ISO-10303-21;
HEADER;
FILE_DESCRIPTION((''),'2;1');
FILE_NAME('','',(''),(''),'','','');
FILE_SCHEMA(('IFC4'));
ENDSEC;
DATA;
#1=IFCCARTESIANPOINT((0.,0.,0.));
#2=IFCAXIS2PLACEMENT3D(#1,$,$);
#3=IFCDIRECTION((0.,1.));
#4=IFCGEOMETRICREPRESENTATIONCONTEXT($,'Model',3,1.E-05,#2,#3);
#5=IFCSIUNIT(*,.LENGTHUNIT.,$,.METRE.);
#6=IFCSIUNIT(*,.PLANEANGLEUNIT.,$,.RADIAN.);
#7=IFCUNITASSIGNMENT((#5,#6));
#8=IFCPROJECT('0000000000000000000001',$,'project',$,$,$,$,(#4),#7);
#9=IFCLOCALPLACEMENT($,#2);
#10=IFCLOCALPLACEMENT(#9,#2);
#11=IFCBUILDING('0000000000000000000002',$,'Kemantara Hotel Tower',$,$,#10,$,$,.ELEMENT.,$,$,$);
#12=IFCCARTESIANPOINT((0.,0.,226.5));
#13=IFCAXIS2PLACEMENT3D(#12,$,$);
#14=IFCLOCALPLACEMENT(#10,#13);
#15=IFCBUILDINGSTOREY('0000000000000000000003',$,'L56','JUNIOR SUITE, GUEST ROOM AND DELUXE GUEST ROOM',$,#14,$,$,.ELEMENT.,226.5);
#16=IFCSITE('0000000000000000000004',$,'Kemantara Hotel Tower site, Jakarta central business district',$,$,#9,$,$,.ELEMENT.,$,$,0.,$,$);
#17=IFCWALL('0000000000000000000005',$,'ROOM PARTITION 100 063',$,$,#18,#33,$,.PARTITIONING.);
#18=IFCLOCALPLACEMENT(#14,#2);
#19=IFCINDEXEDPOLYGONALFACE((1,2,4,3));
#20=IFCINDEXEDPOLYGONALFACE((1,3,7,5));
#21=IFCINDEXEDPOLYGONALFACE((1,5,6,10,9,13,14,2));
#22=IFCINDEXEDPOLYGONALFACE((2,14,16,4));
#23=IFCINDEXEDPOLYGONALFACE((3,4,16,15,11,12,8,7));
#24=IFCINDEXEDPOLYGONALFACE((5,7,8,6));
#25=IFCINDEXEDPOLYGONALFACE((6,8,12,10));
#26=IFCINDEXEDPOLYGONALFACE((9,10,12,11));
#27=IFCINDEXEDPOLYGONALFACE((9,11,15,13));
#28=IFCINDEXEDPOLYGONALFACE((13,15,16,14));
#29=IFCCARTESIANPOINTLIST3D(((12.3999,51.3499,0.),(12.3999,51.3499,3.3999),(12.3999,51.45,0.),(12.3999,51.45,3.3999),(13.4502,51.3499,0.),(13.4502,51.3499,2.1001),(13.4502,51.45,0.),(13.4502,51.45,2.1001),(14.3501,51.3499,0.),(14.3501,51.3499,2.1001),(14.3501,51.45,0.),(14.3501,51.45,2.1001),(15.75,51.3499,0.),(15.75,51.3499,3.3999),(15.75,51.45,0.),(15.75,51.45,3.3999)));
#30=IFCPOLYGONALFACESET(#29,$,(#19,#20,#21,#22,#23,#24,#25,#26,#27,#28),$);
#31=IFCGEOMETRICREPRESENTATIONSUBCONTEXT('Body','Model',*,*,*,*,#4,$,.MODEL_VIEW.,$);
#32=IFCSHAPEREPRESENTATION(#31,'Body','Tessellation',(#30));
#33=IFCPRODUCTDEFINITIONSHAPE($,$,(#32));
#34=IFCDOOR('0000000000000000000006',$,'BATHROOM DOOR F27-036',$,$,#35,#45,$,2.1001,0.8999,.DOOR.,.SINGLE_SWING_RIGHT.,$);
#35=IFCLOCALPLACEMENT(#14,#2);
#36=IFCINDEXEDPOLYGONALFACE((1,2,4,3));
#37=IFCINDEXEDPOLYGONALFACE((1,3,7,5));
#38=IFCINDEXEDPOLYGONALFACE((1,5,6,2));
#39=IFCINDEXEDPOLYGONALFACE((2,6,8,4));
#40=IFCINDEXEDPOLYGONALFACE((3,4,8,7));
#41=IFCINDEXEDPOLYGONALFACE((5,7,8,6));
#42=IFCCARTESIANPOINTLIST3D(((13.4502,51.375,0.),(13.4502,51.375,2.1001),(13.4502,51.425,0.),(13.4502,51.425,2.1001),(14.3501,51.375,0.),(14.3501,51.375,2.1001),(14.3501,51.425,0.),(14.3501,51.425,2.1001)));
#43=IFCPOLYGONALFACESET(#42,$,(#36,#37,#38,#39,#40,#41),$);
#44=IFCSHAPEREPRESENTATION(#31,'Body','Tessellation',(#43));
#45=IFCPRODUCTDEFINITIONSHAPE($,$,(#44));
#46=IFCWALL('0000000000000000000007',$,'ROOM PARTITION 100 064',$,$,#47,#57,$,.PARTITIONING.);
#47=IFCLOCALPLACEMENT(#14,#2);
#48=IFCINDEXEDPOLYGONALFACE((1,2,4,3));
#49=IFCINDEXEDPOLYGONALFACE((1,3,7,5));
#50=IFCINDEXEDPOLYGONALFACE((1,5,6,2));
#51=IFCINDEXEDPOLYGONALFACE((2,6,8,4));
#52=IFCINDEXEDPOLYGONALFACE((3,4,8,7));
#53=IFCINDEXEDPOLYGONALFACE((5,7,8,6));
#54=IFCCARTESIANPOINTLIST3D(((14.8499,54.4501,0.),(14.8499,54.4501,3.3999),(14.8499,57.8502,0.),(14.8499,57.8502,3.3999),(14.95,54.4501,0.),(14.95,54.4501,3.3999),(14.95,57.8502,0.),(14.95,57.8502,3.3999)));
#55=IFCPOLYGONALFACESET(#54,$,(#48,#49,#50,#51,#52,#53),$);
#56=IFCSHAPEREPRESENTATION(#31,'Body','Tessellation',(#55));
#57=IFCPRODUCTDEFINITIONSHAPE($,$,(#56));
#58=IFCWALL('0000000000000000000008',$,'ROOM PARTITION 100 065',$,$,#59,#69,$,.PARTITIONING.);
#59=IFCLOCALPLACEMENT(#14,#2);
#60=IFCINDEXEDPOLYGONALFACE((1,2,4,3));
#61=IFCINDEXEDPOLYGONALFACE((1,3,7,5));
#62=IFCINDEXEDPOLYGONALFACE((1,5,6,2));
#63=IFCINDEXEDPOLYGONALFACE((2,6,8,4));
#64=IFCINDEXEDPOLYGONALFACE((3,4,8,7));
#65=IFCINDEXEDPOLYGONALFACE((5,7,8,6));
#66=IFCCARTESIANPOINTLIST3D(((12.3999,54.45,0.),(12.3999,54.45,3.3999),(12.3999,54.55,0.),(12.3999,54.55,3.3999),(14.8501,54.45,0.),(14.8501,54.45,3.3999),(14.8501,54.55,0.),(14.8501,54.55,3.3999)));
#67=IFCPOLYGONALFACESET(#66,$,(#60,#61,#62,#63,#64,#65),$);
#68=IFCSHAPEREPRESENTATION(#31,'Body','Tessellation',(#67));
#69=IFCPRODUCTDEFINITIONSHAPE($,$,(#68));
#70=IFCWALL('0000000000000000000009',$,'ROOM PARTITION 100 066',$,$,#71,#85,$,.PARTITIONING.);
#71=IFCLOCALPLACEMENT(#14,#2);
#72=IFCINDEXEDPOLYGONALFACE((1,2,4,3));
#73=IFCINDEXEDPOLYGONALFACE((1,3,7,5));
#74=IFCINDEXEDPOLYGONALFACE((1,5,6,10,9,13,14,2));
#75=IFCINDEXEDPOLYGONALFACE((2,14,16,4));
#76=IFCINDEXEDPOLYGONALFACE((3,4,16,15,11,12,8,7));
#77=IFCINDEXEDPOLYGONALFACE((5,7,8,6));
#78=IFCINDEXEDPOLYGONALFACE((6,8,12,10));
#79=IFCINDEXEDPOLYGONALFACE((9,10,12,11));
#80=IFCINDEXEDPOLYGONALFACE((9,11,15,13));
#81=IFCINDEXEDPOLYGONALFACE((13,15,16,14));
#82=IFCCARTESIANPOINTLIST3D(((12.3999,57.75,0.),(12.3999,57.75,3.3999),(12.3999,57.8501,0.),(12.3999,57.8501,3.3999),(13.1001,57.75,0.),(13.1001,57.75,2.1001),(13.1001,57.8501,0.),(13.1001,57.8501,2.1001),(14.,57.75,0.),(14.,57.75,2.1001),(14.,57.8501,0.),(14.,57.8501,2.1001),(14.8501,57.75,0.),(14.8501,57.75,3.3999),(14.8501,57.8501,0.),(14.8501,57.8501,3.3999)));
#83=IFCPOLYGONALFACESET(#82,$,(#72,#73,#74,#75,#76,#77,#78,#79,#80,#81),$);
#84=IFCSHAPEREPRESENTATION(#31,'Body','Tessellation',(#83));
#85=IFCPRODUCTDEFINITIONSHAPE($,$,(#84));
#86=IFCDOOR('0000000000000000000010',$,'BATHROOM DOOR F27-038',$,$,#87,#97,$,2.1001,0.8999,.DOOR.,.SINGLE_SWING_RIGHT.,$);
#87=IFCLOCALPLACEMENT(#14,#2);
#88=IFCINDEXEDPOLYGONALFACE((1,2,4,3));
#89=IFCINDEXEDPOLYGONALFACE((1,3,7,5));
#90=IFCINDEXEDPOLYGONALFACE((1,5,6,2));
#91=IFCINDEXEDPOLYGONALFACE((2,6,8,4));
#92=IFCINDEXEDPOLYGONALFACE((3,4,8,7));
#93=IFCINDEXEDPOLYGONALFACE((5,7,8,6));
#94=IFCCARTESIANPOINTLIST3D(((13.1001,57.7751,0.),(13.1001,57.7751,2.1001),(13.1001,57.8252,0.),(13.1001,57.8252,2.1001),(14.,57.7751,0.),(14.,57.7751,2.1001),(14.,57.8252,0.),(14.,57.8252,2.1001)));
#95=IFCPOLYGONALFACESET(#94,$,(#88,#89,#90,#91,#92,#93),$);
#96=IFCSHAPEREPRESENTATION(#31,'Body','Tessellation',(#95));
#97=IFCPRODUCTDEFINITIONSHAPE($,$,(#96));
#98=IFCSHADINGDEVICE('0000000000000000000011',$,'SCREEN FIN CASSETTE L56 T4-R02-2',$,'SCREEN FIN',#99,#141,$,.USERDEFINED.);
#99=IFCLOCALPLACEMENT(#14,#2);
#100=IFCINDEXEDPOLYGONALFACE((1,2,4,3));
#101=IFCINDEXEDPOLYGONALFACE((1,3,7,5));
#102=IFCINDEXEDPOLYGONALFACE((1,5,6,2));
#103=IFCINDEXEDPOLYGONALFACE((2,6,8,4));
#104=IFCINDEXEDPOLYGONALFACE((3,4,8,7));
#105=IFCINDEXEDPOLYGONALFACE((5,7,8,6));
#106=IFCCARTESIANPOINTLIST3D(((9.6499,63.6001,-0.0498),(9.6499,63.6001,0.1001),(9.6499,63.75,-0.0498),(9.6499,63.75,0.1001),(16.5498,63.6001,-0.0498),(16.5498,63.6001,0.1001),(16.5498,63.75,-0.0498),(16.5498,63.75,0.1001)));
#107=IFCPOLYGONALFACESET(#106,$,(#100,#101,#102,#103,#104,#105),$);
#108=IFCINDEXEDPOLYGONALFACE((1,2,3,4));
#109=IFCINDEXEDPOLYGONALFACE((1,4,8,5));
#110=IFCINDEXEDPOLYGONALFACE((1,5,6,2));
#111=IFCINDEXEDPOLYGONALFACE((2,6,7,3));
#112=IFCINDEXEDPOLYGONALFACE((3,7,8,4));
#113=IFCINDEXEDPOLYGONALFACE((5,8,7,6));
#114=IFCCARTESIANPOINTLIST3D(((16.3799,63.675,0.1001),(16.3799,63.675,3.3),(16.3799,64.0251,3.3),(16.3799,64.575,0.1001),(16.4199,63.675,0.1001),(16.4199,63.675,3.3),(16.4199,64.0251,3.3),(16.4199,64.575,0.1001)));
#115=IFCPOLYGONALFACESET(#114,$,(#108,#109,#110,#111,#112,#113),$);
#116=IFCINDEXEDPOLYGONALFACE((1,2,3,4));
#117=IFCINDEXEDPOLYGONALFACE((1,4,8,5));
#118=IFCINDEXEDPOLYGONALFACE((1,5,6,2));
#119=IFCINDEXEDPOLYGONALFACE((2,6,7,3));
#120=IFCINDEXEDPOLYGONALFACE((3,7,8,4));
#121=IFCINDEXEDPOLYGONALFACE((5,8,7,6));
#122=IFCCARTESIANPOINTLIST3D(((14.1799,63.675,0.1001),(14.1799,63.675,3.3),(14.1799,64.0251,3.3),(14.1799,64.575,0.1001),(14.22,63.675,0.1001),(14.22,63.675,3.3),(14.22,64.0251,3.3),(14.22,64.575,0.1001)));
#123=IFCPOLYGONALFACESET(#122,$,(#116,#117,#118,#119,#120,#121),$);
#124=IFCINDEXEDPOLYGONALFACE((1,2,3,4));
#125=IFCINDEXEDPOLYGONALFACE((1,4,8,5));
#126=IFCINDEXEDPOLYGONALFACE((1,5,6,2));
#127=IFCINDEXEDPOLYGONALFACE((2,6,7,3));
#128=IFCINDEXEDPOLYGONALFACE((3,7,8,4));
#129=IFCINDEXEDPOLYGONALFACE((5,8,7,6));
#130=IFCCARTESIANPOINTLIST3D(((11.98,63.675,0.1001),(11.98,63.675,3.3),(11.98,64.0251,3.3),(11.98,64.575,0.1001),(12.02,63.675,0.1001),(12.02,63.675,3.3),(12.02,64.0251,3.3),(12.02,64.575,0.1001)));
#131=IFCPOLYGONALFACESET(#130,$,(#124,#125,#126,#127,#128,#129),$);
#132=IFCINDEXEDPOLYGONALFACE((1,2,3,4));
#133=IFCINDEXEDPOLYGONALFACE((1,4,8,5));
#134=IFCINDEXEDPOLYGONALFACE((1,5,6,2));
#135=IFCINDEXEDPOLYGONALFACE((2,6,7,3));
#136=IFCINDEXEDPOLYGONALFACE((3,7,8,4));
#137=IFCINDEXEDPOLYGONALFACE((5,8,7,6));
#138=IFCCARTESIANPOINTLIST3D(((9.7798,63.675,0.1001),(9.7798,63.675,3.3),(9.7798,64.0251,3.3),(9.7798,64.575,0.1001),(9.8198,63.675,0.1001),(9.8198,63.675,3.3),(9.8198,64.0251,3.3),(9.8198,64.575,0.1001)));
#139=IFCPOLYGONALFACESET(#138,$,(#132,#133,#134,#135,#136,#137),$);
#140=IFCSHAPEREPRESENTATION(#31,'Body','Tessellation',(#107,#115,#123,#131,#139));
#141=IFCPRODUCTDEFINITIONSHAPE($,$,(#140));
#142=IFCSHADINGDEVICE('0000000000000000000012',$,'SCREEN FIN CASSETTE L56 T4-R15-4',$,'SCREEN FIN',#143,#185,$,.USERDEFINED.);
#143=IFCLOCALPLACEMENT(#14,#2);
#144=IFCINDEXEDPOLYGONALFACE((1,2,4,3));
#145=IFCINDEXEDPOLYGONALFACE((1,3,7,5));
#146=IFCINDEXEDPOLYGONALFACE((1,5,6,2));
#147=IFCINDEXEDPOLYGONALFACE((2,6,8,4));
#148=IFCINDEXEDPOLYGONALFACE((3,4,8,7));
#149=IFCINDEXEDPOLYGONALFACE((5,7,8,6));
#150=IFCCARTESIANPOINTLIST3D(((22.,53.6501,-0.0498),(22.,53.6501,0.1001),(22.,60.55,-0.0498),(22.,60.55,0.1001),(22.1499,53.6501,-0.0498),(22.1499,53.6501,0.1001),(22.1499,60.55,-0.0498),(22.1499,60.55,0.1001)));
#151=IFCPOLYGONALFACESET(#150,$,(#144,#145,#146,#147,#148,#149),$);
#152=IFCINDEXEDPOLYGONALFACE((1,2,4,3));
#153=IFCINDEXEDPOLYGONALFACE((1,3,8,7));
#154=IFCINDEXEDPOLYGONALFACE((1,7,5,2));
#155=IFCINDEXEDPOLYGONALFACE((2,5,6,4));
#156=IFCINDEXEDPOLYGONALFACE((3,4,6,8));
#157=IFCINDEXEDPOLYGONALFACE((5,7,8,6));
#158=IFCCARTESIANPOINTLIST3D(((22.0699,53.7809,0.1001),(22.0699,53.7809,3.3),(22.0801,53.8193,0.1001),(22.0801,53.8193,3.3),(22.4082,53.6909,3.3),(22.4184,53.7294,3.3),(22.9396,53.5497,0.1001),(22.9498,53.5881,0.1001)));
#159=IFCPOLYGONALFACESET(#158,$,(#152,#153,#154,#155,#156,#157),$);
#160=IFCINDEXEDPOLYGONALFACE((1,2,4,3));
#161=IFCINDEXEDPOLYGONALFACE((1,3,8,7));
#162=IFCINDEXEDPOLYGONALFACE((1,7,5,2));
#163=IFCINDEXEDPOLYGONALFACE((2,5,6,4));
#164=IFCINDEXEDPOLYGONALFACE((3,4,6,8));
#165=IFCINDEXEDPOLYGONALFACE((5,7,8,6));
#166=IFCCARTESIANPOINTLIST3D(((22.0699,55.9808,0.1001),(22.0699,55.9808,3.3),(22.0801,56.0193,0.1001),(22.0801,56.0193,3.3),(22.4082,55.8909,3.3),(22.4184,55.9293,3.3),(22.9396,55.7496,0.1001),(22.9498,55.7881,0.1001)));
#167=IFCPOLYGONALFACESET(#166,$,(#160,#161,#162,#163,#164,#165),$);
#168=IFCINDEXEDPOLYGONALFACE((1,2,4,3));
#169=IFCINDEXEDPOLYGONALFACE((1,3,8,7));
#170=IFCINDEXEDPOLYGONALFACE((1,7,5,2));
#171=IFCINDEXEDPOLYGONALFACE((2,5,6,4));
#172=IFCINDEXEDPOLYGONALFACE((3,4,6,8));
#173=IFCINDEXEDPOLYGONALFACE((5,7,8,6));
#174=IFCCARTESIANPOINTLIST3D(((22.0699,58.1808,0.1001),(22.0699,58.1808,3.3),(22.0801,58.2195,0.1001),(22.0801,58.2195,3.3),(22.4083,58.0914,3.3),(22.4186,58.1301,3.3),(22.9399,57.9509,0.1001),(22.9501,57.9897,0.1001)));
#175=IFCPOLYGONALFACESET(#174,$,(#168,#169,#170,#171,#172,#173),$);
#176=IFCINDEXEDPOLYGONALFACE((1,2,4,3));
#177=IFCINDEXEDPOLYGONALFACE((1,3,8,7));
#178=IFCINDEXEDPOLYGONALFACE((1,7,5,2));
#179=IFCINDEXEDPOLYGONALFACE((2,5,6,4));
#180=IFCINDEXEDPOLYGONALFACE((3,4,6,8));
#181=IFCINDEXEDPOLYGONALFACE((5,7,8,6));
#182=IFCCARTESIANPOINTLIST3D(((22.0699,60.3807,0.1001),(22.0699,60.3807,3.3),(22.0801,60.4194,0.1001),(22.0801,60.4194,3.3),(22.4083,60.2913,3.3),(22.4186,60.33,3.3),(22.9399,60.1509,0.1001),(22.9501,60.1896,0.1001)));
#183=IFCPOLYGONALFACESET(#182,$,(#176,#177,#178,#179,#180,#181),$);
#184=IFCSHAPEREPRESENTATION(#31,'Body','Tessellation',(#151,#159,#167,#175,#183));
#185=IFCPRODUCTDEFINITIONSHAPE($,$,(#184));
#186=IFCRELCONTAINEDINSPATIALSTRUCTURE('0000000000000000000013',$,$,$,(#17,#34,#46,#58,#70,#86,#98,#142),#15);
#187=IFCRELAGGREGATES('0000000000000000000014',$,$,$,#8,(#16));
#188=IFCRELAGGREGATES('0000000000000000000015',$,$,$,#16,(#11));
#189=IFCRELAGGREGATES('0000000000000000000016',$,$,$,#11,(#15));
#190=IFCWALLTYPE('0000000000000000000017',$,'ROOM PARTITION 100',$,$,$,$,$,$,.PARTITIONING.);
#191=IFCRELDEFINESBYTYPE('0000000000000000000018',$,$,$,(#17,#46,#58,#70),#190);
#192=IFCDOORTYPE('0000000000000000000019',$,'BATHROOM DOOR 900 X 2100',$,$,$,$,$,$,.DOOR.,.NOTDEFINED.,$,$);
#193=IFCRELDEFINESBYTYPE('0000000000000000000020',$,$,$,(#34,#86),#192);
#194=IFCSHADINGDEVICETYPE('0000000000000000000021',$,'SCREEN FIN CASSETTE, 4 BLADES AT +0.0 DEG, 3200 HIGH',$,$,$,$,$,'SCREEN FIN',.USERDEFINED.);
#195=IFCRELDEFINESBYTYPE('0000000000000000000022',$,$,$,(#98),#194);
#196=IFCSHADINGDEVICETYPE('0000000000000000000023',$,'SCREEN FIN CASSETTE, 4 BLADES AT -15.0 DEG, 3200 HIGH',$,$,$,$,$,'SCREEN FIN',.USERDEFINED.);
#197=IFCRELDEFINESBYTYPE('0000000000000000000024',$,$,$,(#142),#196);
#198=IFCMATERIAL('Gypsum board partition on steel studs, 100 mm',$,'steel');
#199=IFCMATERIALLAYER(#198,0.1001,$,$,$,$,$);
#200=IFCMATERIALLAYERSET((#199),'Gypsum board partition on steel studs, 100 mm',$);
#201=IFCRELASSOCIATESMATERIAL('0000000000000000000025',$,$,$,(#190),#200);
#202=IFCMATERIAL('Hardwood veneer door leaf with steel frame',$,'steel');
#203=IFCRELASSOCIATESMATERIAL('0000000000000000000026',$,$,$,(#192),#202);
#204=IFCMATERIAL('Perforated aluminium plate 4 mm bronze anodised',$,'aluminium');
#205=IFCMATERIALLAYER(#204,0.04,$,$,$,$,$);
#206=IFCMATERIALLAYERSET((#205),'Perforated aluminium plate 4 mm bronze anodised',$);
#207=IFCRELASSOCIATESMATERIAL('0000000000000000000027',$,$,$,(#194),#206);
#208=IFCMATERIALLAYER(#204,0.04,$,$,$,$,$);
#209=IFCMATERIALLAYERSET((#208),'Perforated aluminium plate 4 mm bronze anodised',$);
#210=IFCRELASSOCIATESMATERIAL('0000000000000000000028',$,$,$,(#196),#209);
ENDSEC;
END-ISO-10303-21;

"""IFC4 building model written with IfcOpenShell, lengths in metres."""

from ifc_helpers import new_model, si_unit, direction, frame, frame_2d, origin, origin_2d, place, context, subcontext, project, spatial, polyline, rectangle, outline, extrude, source, transform, mapped, material, layer, layer_set, type_object, element, fill, save


model = new_model("IFC4")

# Units and contexts
model_context = context("Model", 3, precision=1e-05, world=origin(), true_north=direction((0.0, 1.0)))
body_context = subcontext(model_context, "Body", "Model", "MODEL_VIEW")
ifc_project = project(units=[si_unit("LENGTHUNIT", "METRE"), si_unit("PLANEANGLEUNIT", "RADIAN")], contexts=[model_context])

# Site, building, storey
site_placement = place(None, origin())
site = spatial("IfcSite", under=ifc_project, at=site_placement, Name="Kemantara Hotel Tower site, Jakarta central business district", CompositionType="ELEMENT", RefElevation=0.0)
building_placement = place(site_placement, origin())
building = spatial("IfcBuilding", under=site, at=building_placement, Name="Kemantara Hotel Tower", CompositionType="ELEMENT")
storey_placement = place(building_placement, frame((0.0, 0.0, 226.5)))
storey = spatial("IfcBuildingStorey", under=building, at=storey_placement, Name="L56", Description="JUNIOR SUITE, GUEST ROOM AND DELUXE GUEST ROOM", CompositionType="ELEMENT", Elevation=226.5)

# Shared definitions
ifc_material_1 = material(Name="Gypsum board partition on steel studs, 100 mm", Category="steel")
ifc_layer_1 = layer(ifc_material_1, 0.1001)
ifc_layer_set_1 = layer_set([ifc_layer_1], Name="Gypsum board partition on steel studs, 100 mm")
wall_type_1 = type_object("IfcWallType", Name="ROOM PARTITION 100", PredefinedType="PARTITIONING", material=ifc_layer_set_1)

# Wall, opening, door
wall_1_placement = place(storey_placement, frame((15.75, 51.3999, 0.0), z_axis=(0.0, 0.0, 1.0), x_axis=(-1.0, 0.0, 0.0)))
wall_1 = element("IfcWall", 1, at=wall_1_placement, inside=storey, type_object=wall_type_1, Name="ROOM PARTITION 100 063", PredefinedType="PARTITIONING", context=body_context, shape_type="SweptSolid", body=[
    extrude(rectangle(XDim=3.3501, YDim=0.1001, at=frame_2d((1.675, 0.0))), origin(), (0.0, 0.0, 1.0), 3.3999),
])
opening_1_placement = place(wall_1_placement, frame((1.3999, 0.0, 0.0)))
opening_1 = element("IfcOpeningElement", 2, at=opening_1_placement, cuts=wall_1, PredefinedType="OPENING", context=body_context, shape_type="SweptSolid", body=[
    extrude(rectangle(XDim=0.8999, YDim=2.1001, at=frame_2d((0.45, 1.05))), frame((0.0, 0.0601, 0.0), z_axis=(0.0, -1.0, 0.0), x_axis=(1.0, 0.0, 0.0)), (0.0, 0.0, 1.0), 0.1201),
])
ifc_material_2 = material(Name="Hardwood veneer door leaf with steel frame", Category="steel")
door_type = type_object("IfcDoorType", Name="BATHROOM DOOR 900 X 2100", OperationType="NOTDEFINED", PredefinedType="DOOR", material=ifc_material_2)
door_1_placement = place(opening_1_placement, origin())
door_1 = element("IfcDoor", 3, at=door_1_placement, inside=storey, type_object=door_type, Name="BATHROOM DOOR F27-036", OperationType="SINGLE_SWING_RIGHT", OverallHeight=2.1001, OverallWidth=0.8999, PredefinedType="DOOR", context=body_context, shape_type="SweptSolid", body=[
    extrude(rectangle(XDim=0.8999, YDim=2.1001, at=frame_2d((0.45, 1.05))), frame((0.0, 0.0249, 0.0), z_axis=(0.0, -1.0, 0.0), x_axis=(1.0, 0.0, 0.0)), (0.0, 0.0, 1.0), 0.05),
])
fill(opening_1, door_1)

# Walls
wall_2_placement = place(storey_placement, frame((14.8999, 54.45, 0.0), z_axis=(0.0, 0.0, 1.0), x_axis=(0.0, 1.0, 0.0)))
element("IfcWall", 4, at=wall_2_placement, inside=storey, type_object=wall_type_1, Name="ROOM PARTITION 100 064", PredefinedType="PARTITIONING", context=body_context, shape_type="SweptSolid", body=[
    extrude(rectangle(XDim=3.4001, YDim=0.1001, at=frame_2d((1.7002, 0.0))), origin(), (0.0, 0.0, 1.0), 3.3999),
])
wall_3_placement = place(storey_placement, frame((12.3999, 54.5, 0.0), z_axis=(0.0, 0.0, 1.0), x_axis=(1.0, 0.0, 0.0)))
element("IfcWall", 5, at=wall_3_placement, inside=storey, type_object=wall_type_1, Name="ROOM PARTITION 100 065", PredefinedType="PARTITIONING", context=body_context, shape_type="SweptSolid", body=[
    extrude(rectangle(XDim=2.4502, YDim=0.1001, at=frame_2d((1.2251, 0.0))), origin(), (0.0, 0.0, 1.0), 3.3999),
])

# Wall, opening, door
wall_4_placement = place(storey_placement, frame((14.8501, 57.8, 0.0), z_axis=(0.0, 0.0, 1.0), x_axis=(-1.0, 0.0, 0.0)))
wall_4 = element("IfcWall", 6, at=wall_4_placement, inside=storey, type_object=wall_type_1, Name="ROOM PARTITION 100 066", PredefinedType="PARTITIONING", context=body_context, shape_type="SweptSolid", body=[
    extrude(rectangle(XDim=2.4502, YDim=0.1001, at=frame_2d((1.2251, 0.0))), origin(), (0.0, 0.0, 1.0), 3.3999),
])
opening_2_placement = place(wall_4_placement, frame((0.8501, 0.0, 0.0)))
opening_2 = element("IfcOpeningElement", 7, at=opening_2_placement, cuts=wall_4, PredefinedType="OPENING", context=body_context, shape_type="SweptSolid", body=[
    extrude(rectangle(XDim=0.8999, YDim=2.1001, at=frame_2d((0.45, 1.05))), frame((0.0, 0.0601, 0.0), z_axis=(0.0, -1.0, 0.0), x_axis=(1.0, 0.0, 0.0)), (0.0, 0.0, 1.0), 0.1201),
])
door_2_placement = place(opening_2_placement, origin())
door_2 = element("IfcDoor", 8, at=door_2_placement, inside=storey, type_object=door_type, Name="BATHROOM DOOR F27-038", OperationType="SINGLE_SWING_RIGHT", OverallHeight=2.1001, OverallWidth=0.8999, PredefinedType="DOOR", context=body_context, shape_type="SweptSolid", body=[
    extrude(rectangle(XDim=0.8999, YDim=2.1001, at=frame_2d((0.45, 1.05))), frame((0.0, 0.0249, 0.0), z_axis=(0.0, -1.0, 0.0), x_axis=(1.0, 0.0, 0.0)), (0.0, 0.0, 1.0), 0.05),
])
fill(opening_2, door_2)

# Shading devices
ifc_material_3 = material(Name="Perforated aluminium plate 4 mm bronze anodised", Category="aluminium")
ifc_layer_2 = layer(ifc_material_3, 0.04)
ifc_layer_set_2 = layer_set([ifc_layer_2], Name="Perforated aluminium plate 4 mm bronze anodised")
shading_device_type_1 = type_object("IfcShadingDeviceType", Name="SCREEN FIN CASSETTE, 4 BLADES AT +0.0 DEG, 3200 HIGH", ElementType="SCREEN FIN", PredefinedType="USERDEFINED", material=ifc_layer_set_2)
shared_shape_1 = source(origin(), body_context, "Body", "SweptSolid", [
    extrude(rectangle(XDim=6.8999, YDim=0.1499, at=origin_2d()), frame((3.3, -0.075, -0.1499), z_axis=(0.0, 0.0, 1.0), x_axis=(1.0, 0.0, 0.0)), (0.0, 0.0, 1.0), 0.1499),
    extrude(outline(polyline([(0.0, 0.0), (0.8999, 0.0), (0.3501, 3.2), (0.0, 3.2), (0.0, 0.0)])), frame((0.02, -0.075, 0.0), z_axis=(-1.0, 0.0, 0.0), x_axis=(0.0, -1.0, 0.0)), (0.0, 0.0, 1.0), 0.04),
    extrude(outline(polyline([(0.0, 0.0), (0.8999, 0.0), (0.3501, 3.2), (0.0, 3.2), (0.0, 0.0)])), frame((2.22, -0.075, 0.0), z_axis=(-1.0, 0.0, 0.0), x_axis=(0.0, -1.0, 0.0)), (0.0, 0.0, 1.0), 0.04),
    extrude(outline(polyline([(0.0, 0.0), (0.8999, 0.0), (0.3501, 3.2), (0.0, 3.2), (0.0, 0.0)])), frame((4.4199, -0.075, 0.0), z_axis=(-1.0, 0.0, 0.0), x_axis=(0.0, -1.0, 0.0)), (0.0, 0.0, 1.0), 0.04),
    extrude(outline(polyline([(0.0, 0.0), (0.8999, 0.0), (0.3501, 3.2), (0.0, 3.2), (0.0, 0.0)])), frame((6.6201, -0.075, 0.0), z_axis=(-1.0, 0.0, 0.0), x_axis=(0.0, -1.0, 0.0)), (0.0, 0.0, 1.0), 0.04),
])
shading_device_1_placement = place(storey_placement, frame((16.3999, 63.6001, 0.1001), z_axis=(0.0, 0.0, 1.0), x_axis=(-1.0, 0.0, 0.0)))
element("IfcShadingDevice", 9, at=shading_device_1_placement, inside=storey, type_object=shading_device_type_1, Name="SCREEN FIN CASSETTE L56 T4-R02-2", ObjectType="SCREEN FIN", PredefinedType="USERDEFINED", context=body_context, shape_type="MappedRepresentation", body=[
    mapped(shared_shape_1, transform((0.0, 0.0, 0.0))),
])
ifc_layer_3 = layer(ifc_material_3, 0.04)
ifc_layer_set_3 = layer_set([ifc_layer_3], Name="Perforated aluminium plate 4 mm bronze anodised")
shading_device_type_2 = type_object("IfcShadingDeviceType", Name="SCREEN FIN CASSETTE, 4 BLADES AT -15.0 DEG, 3200 HIGH", ElementType="SCREEN FIN", PredefinedType="USERDEFINED", material=ifc_layer_set_3)
shared_shape_2 = source(origin(), body_context, "Body", "SweptSolid", [
    extrude(rectangle(XDim=6.8999, YDim=0.1499, at=origin_2d()), frame((3.3, -0.075, -0.1499), z_axis=(0.0, 0.0, 1.0), x_axis=(1.0, 0.0, 0.0)), (0.0, 0.0, 1.0), 0.1499),
    extrude(outline(polyline([(0.0, 0.0), (0.8999, 0.0), (0.3501, 3.2), (0.0, 3.2), (0.0, 0.0)])), frame((0.0193, -0.0801, 0.0), z_axis=(-0.966438, 0.256901, 0.0), x_axis=(-0.256901, -0.966438, 0.0)), (0.0, 0.0, 1.0), 0.0398),
    extrude(outline(polyline([(0.0, 0.0), (0.8999, 0.0), (0.3501, 3.2), (0.0, 3.2), (0.0, 0.0)])), frame((2.2192, -0.0801, 0.0), z_axis=(-0.966438, 0.256901, 0.0), x_axis=(-0.256901, -0.966438, 0.0)), (0.0, 0.0, 1.0), 0.0398),
    extrude(outline(polyline([(0.0, 0.0), (0.8999, 0.0), (0.3501, 3.2), (0.0, 3.2), (0.0, 0.0)])), frame((4.4194, -0.0801, 0.0), z_axis=(-0.966838, 0.255391, 0.0), x_axis=(-0.255391, -0.966838, 0.0)), (0.0, 0.0, 1.0), 0.04),
    extrude(outline(polyline([(0.0, 0.0), (0.8999, 0.0), (0.3501, 3.2), (0.0, 3.2), (0.0, 0.0)])), frame((6.6194, -0.0801, 0.0), z_axis=(-0.966838, 0.255391, 0.0), x_axis=(-0.255391, -0.966838, 0.0)), (0.0, 0.0, 1.0), 0.04),
])
shading_device_2_placement = place(storey_placement, frame((22.0, 53.8, 0.1001), z_axis=(0.0, 0.0, 1.0), x_axis=(0.0, 1.0, 0.0)))
element("IfcShadingDevice", 10, at=shading_device_2_placement, inside=storey, type_object=shading_device_type_2, Name="SCREEN FIN CASSETTE L56 T4-R15-4", ObjectType="SCREEN FIN", PredefinedType="USERDEFINED", context=body_context, shape_type="MappedRepresentation", body=[
    mapped(shared_shape_2, transform((0.0, 0.0, 0.0))),
])

save(model, "model.ifc")
